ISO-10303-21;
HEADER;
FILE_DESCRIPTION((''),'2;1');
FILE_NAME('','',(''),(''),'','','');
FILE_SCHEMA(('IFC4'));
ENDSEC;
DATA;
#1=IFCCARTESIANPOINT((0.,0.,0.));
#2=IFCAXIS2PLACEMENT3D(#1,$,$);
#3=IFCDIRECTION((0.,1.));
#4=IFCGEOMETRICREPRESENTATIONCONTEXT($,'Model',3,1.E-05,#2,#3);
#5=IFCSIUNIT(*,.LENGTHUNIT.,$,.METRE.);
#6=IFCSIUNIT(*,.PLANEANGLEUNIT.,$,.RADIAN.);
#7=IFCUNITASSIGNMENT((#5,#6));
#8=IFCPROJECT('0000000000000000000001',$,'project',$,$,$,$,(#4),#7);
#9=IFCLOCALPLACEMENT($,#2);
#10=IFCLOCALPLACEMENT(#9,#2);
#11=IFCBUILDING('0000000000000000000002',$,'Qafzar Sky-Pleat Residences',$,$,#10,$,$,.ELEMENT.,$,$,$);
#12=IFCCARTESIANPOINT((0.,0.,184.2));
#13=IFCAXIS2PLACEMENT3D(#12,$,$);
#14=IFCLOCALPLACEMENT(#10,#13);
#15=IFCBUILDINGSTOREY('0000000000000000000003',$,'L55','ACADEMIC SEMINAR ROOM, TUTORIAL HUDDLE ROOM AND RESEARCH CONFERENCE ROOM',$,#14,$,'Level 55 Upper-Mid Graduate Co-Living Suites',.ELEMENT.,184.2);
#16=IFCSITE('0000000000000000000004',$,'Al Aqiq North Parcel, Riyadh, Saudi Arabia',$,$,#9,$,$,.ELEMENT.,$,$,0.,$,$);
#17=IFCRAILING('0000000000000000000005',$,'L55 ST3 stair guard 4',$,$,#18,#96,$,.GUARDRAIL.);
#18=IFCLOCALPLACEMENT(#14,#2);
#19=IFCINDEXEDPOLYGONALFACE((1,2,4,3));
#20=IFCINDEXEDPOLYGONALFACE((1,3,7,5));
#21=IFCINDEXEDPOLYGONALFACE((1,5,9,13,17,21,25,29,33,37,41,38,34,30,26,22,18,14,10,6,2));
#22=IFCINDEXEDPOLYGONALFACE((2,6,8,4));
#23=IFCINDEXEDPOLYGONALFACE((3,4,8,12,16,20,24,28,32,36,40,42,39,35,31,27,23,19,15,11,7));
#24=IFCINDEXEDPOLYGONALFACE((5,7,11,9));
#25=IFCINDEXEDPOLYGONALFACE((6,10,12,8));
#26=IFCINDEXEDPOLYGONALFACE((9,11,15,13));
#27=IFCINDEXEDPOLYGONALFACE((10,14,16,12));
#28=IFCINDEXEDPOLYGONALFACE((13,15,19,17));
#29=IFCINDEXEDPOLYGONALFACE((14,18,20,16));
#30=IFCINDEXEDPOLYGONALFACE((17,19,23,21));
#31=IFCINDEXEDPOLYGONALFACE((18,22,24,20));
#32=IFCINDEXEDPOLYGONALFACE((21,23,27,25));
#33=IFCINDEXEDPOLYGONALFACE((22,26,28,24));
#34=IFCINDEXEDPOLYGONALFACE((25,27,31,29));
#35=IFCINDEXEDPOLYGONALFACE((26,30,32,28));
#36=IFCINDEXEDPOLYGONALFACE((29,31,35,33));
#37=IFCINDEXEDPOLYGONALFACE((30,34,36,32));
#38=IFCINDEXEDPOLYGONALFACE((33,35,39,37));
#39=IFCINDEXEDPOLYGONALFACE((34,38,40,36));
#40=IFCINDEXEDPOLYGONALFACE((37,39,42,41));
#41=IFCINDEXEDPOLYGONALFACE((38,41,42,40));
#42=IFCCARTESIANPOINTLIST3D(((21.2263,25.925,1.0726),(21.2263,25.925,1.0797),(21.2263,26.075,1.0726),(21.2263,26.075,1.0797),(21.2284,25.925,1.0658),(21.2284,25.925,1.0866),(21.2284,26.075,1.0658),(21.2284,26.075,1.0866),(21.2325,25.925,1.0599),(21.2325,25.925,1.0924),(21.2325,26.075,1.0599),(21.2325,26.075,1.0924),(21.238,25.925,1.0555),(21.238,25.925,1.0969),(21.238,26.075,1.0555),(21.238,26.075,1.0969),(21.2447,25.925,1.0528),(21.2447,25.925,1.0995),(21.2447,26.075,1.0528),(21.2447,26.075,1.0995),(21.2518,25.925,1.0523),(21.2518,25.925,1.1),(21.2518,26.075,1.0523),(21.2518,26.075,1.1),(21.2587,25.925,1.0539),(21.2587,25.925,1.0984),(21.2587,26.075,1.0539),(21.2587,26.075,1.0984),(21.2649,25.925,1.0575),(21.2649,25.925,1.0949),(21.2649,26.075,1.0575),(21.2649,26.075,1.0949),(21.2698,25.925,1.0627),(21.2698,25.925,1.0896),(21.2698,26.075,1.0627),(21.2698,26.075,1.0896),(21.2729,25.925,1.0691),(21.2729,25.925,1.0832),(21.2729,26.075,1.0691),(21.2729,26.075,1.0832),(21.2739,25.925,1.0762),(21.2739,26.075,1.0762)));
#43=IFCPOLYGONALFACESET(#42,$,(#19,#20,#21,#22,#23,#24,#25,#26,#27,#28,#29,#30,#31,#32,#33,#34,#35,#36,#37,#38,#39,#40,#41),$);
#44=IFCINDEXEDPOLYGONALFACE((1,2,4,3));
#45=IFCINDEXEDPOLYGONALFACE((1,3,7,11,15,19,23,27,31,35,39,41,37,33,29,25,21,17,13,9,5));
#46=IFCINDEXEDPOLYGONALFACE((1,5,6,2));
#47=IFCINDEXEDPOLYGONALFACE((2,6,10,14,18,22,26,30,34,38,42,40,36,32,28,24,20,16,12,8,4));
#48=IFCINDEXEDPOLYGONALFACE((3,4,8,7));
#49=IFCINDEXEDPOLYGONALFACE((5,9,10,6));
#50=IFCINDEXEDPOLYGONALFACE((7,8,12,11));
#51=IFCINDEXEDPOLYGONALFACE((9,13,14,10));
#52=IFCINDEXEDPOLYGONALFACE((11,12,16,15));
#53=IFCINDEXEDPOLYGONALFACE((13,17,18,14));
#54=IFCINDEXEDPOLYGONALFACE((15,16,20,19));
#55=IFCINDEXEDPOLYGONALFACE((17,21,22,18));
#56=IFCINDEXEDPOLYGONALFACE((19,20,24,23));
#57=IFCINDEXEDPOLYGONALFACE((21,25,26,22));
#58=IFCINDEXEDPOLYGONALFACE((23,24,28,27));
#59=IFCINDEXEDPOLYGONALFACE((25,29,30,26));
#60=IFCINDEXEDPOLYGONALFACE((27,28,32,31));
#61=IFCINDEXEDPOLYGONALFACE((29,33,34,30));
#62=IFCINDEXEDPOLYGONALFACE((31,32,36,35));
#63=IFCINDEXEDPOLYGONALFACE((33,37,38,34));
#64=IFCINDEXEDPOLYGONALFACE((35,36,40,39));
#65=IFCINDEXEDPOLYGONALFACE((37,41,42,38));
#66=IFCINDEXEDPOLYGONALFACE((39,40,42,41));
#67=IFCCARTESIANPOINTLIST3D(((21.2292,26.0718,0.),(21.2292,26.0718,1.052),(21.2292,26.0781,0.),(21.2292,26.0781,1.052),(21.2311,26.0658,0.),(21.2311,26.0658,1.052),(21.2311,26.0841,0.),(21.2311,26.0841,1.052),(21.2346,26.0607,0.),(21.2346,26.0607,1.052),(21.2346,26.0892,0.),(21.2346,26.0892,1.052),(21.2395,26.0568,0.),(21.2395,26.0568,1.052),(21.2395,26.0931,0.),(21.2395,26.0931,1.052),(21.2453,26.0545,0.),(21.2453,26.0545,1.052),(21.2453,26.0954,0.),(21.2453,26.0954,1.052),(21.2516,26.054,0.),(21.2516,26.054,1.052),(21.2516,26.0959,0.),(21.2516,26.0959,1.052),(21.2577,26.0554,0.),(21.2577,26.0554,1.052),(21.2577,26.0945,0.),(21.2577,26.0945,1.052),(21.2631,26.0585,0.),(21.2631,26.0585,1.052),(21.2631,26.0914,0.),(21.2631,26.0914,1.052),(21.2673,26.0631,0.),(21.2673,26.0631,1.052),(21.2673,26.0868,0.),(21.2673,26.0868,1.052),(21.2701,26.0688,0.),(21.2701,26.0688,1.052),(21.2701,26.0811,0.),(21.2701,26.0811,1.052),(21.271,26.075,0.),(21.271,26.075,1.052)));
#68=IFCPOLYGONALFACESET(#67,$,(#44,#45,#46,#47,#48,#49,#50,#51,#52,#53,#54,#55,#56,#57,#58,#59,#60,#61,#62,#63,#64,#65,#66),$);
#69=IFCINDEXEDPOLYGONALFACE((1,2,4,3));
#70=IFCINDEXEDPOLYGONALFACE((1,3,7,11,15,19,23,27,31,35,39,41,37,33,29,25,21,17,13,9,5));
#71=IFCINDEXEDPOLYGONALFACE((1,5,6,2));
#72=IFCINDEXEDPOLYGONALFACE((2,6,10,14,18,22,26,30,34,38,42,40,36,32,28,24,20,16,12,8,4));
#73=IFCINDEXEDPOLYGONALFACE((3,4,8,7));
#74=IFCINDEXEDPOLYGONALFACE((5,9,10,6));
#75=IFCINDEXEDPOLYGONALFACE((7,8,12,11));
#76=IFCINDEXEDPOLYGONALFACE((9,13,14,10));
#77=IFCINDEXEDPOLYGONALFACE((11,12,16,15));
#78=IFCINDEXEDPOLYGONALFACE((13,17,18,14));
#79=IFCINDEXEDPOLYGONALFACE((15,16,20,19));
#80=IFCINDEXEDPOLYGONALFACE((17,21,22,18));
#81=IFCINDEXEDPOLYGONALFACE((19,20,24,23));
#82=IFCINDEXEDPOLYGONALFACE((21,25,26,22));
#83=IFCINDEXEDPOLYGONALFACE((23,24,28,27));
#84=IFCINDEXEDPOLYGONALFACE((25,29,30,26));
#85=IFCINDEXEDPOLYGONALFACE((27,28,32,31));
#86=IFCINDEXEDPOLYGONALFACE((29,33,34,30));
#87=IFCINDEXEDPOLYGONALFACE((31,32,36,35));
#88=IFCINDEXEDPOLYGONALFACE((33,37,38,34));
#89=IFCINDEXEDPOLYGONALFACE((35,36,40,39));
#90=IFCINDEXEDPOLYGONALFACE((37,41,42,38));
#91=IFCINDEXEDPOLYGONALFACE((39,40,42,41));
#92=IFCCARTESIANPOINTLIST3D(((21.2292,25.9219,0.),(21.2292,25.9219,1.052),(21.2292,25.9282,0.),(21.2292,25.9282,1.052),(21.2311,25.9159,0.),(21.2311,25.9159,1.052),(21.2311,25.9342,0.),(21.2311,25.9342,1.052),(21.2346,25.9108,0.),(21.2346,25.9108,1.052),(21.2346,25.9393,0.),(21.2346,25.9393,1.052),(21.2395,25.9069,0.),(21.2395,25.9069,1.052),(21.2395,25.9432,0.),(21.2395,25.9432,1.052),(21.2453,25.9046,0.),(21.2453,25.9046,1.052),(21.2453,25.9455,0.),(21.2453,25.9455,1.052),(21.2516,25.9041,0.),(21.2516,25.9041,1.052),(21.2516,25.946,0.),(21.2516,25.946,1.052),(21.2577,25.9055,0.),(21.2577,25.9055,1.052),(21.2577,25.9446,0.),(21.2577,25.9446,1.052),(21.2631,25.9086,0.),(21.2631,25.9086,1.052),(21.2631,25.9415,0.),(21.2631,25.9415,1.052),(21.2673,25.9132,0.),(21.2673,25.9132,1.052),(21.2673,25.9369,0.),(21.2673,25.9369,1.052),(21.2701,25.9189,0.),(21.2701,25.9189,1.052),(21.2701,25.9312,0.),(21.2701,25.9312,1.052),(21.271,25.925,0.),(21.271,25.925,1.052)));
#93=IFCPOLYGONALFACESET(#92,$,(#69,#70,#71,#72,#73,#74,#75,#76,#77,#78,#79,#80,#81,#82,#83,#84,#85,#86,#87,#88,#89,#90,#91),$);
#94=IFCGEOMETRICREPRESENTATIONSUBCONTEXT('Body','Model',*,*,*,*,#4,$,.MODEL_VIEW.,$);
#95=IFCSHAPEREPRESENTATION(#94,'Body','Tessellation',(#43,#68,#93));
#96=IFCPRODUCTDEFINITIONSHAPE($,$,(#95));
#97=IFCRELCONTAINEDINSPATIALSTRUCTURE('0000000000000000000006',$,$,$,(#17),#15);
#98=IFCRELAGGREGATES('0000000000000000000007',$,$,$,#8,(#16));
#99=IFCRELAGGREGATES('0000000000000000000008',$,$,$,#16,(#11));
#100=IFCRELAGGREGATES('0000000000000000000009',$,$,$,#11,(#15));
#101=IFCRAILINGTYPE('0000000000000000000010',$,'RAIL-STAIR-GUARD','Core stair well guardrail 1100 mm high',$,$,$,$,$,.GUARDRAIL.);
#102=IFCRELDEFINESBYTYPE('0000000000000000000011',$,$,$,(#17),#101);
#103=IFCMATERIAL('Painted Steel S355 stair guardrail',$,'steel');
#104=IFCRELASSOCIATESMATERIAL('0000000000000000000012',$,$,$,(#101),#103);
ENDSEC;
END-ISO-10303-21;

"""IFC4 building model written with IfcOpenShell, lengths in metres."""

from ifc_helpers import new_model, si_unit, direction, frame, origin, origin_2d, place, context, subcontext, project, spatial, circle, extrude, source, transform, mapped, material, type_object, element, save


model = new_model("IFC4")

# Units and contexts
model_context = context("Model", 3, precision=1e-05, world=origin(), true_north=direction((0.0, 1.0)))
body_context = subcontext(model_context, "Body", "Model", "MODEL_VIEW")
ifc_project = project(units=[si_unit("LENGTHUNIT", "METRE"), si_unit("PLANEANGLEUNIT", "RADIAN")], contexts=[model_context])

# Site, building, storey
site_placement = place(None, origin())
site = spatial("IfcSite", under=ifc_project, at=site_placement, Name="Al Aqiq North Parcel, Riyadh, Saudi Arabia", CompositionType="ELEMENT", RefElevation=0.0)
building_placement = place(site_placement, origin())
building = spatial("IfcBuilding", under=site, at=building_placement, Name="Qafzar Sky-Pleat Residences", CompositionType="ELEMENT")
storey_placement = place(building_placement, frame((0.0, 0.0, 184.2)))
storey = spatial("IfcBuildingStorey", under=building, at=storey_placement, Name="L55", Description="ACADEMIC SEMINAR ROOM, TUTORIAL HUDDLE ROOM AND RESEARCH CONFERENCE ROOM", LongName="Level 55 Upper-Mid Graduate Co-Living Suites", CompositionType="ELEMENT", Elevation=184.2)

# Railing
ifc_material_1 = material(Name="Painted Steel S355 stair guardrail", Category="steel")
railing_type_1 = type_object("IfcRailingType", Name="RAIL-STAIR-GUARD", Description="Core stair well guardrail 1100 mm high", PredefinedType="GUARDRAIL", material=ifc_material_1)
shared_shape_1 = source(origin(), body_context, "Body", "SweptSolid", [
    extrude(circle(Radius=0.0239, at=origin_2d()), frame((0.0, 0.0, 1.0762), z_axis=(0.0, -1.0, 0.0), x_axis=(1.0, 0.0, 0.0)), (0.0, 0.0, 1.0), 0.1499),
    extrude(circle(Radius=0.021, at=origin_2d()), origin(), (0.0, 0.0, 1.0), 1.052),
    extrude(circle(Radius=0.021, at=origin_2d()), frame((0.0, -0.1499, 0.0)), (0.0, 0.0, 1.0), 1.052),
])
for number, where, name in (
    (1, (21.25, 26.075, 0.0), "L55 ST3 stair guard 4"),
):
    element("IfcRailing", number, at=place(storey_placement, frame(where)), inside=storey, type_object=railing_type_1, Name=name, PredefinedType="GUARDRAIL", context=body_context, shape_type="MappedRepresentation", body=[
        mapped(shared_shape_1, transform((0.0, 0.0, 0.0), x_axis=(1.0, 0.0, 0.0), y_axis=(0.0, 1.0, 0.0), z_axis=(0.0, 0.0, 1.0), scale=1.0)),
    ])

save(model, "model.ifc")
